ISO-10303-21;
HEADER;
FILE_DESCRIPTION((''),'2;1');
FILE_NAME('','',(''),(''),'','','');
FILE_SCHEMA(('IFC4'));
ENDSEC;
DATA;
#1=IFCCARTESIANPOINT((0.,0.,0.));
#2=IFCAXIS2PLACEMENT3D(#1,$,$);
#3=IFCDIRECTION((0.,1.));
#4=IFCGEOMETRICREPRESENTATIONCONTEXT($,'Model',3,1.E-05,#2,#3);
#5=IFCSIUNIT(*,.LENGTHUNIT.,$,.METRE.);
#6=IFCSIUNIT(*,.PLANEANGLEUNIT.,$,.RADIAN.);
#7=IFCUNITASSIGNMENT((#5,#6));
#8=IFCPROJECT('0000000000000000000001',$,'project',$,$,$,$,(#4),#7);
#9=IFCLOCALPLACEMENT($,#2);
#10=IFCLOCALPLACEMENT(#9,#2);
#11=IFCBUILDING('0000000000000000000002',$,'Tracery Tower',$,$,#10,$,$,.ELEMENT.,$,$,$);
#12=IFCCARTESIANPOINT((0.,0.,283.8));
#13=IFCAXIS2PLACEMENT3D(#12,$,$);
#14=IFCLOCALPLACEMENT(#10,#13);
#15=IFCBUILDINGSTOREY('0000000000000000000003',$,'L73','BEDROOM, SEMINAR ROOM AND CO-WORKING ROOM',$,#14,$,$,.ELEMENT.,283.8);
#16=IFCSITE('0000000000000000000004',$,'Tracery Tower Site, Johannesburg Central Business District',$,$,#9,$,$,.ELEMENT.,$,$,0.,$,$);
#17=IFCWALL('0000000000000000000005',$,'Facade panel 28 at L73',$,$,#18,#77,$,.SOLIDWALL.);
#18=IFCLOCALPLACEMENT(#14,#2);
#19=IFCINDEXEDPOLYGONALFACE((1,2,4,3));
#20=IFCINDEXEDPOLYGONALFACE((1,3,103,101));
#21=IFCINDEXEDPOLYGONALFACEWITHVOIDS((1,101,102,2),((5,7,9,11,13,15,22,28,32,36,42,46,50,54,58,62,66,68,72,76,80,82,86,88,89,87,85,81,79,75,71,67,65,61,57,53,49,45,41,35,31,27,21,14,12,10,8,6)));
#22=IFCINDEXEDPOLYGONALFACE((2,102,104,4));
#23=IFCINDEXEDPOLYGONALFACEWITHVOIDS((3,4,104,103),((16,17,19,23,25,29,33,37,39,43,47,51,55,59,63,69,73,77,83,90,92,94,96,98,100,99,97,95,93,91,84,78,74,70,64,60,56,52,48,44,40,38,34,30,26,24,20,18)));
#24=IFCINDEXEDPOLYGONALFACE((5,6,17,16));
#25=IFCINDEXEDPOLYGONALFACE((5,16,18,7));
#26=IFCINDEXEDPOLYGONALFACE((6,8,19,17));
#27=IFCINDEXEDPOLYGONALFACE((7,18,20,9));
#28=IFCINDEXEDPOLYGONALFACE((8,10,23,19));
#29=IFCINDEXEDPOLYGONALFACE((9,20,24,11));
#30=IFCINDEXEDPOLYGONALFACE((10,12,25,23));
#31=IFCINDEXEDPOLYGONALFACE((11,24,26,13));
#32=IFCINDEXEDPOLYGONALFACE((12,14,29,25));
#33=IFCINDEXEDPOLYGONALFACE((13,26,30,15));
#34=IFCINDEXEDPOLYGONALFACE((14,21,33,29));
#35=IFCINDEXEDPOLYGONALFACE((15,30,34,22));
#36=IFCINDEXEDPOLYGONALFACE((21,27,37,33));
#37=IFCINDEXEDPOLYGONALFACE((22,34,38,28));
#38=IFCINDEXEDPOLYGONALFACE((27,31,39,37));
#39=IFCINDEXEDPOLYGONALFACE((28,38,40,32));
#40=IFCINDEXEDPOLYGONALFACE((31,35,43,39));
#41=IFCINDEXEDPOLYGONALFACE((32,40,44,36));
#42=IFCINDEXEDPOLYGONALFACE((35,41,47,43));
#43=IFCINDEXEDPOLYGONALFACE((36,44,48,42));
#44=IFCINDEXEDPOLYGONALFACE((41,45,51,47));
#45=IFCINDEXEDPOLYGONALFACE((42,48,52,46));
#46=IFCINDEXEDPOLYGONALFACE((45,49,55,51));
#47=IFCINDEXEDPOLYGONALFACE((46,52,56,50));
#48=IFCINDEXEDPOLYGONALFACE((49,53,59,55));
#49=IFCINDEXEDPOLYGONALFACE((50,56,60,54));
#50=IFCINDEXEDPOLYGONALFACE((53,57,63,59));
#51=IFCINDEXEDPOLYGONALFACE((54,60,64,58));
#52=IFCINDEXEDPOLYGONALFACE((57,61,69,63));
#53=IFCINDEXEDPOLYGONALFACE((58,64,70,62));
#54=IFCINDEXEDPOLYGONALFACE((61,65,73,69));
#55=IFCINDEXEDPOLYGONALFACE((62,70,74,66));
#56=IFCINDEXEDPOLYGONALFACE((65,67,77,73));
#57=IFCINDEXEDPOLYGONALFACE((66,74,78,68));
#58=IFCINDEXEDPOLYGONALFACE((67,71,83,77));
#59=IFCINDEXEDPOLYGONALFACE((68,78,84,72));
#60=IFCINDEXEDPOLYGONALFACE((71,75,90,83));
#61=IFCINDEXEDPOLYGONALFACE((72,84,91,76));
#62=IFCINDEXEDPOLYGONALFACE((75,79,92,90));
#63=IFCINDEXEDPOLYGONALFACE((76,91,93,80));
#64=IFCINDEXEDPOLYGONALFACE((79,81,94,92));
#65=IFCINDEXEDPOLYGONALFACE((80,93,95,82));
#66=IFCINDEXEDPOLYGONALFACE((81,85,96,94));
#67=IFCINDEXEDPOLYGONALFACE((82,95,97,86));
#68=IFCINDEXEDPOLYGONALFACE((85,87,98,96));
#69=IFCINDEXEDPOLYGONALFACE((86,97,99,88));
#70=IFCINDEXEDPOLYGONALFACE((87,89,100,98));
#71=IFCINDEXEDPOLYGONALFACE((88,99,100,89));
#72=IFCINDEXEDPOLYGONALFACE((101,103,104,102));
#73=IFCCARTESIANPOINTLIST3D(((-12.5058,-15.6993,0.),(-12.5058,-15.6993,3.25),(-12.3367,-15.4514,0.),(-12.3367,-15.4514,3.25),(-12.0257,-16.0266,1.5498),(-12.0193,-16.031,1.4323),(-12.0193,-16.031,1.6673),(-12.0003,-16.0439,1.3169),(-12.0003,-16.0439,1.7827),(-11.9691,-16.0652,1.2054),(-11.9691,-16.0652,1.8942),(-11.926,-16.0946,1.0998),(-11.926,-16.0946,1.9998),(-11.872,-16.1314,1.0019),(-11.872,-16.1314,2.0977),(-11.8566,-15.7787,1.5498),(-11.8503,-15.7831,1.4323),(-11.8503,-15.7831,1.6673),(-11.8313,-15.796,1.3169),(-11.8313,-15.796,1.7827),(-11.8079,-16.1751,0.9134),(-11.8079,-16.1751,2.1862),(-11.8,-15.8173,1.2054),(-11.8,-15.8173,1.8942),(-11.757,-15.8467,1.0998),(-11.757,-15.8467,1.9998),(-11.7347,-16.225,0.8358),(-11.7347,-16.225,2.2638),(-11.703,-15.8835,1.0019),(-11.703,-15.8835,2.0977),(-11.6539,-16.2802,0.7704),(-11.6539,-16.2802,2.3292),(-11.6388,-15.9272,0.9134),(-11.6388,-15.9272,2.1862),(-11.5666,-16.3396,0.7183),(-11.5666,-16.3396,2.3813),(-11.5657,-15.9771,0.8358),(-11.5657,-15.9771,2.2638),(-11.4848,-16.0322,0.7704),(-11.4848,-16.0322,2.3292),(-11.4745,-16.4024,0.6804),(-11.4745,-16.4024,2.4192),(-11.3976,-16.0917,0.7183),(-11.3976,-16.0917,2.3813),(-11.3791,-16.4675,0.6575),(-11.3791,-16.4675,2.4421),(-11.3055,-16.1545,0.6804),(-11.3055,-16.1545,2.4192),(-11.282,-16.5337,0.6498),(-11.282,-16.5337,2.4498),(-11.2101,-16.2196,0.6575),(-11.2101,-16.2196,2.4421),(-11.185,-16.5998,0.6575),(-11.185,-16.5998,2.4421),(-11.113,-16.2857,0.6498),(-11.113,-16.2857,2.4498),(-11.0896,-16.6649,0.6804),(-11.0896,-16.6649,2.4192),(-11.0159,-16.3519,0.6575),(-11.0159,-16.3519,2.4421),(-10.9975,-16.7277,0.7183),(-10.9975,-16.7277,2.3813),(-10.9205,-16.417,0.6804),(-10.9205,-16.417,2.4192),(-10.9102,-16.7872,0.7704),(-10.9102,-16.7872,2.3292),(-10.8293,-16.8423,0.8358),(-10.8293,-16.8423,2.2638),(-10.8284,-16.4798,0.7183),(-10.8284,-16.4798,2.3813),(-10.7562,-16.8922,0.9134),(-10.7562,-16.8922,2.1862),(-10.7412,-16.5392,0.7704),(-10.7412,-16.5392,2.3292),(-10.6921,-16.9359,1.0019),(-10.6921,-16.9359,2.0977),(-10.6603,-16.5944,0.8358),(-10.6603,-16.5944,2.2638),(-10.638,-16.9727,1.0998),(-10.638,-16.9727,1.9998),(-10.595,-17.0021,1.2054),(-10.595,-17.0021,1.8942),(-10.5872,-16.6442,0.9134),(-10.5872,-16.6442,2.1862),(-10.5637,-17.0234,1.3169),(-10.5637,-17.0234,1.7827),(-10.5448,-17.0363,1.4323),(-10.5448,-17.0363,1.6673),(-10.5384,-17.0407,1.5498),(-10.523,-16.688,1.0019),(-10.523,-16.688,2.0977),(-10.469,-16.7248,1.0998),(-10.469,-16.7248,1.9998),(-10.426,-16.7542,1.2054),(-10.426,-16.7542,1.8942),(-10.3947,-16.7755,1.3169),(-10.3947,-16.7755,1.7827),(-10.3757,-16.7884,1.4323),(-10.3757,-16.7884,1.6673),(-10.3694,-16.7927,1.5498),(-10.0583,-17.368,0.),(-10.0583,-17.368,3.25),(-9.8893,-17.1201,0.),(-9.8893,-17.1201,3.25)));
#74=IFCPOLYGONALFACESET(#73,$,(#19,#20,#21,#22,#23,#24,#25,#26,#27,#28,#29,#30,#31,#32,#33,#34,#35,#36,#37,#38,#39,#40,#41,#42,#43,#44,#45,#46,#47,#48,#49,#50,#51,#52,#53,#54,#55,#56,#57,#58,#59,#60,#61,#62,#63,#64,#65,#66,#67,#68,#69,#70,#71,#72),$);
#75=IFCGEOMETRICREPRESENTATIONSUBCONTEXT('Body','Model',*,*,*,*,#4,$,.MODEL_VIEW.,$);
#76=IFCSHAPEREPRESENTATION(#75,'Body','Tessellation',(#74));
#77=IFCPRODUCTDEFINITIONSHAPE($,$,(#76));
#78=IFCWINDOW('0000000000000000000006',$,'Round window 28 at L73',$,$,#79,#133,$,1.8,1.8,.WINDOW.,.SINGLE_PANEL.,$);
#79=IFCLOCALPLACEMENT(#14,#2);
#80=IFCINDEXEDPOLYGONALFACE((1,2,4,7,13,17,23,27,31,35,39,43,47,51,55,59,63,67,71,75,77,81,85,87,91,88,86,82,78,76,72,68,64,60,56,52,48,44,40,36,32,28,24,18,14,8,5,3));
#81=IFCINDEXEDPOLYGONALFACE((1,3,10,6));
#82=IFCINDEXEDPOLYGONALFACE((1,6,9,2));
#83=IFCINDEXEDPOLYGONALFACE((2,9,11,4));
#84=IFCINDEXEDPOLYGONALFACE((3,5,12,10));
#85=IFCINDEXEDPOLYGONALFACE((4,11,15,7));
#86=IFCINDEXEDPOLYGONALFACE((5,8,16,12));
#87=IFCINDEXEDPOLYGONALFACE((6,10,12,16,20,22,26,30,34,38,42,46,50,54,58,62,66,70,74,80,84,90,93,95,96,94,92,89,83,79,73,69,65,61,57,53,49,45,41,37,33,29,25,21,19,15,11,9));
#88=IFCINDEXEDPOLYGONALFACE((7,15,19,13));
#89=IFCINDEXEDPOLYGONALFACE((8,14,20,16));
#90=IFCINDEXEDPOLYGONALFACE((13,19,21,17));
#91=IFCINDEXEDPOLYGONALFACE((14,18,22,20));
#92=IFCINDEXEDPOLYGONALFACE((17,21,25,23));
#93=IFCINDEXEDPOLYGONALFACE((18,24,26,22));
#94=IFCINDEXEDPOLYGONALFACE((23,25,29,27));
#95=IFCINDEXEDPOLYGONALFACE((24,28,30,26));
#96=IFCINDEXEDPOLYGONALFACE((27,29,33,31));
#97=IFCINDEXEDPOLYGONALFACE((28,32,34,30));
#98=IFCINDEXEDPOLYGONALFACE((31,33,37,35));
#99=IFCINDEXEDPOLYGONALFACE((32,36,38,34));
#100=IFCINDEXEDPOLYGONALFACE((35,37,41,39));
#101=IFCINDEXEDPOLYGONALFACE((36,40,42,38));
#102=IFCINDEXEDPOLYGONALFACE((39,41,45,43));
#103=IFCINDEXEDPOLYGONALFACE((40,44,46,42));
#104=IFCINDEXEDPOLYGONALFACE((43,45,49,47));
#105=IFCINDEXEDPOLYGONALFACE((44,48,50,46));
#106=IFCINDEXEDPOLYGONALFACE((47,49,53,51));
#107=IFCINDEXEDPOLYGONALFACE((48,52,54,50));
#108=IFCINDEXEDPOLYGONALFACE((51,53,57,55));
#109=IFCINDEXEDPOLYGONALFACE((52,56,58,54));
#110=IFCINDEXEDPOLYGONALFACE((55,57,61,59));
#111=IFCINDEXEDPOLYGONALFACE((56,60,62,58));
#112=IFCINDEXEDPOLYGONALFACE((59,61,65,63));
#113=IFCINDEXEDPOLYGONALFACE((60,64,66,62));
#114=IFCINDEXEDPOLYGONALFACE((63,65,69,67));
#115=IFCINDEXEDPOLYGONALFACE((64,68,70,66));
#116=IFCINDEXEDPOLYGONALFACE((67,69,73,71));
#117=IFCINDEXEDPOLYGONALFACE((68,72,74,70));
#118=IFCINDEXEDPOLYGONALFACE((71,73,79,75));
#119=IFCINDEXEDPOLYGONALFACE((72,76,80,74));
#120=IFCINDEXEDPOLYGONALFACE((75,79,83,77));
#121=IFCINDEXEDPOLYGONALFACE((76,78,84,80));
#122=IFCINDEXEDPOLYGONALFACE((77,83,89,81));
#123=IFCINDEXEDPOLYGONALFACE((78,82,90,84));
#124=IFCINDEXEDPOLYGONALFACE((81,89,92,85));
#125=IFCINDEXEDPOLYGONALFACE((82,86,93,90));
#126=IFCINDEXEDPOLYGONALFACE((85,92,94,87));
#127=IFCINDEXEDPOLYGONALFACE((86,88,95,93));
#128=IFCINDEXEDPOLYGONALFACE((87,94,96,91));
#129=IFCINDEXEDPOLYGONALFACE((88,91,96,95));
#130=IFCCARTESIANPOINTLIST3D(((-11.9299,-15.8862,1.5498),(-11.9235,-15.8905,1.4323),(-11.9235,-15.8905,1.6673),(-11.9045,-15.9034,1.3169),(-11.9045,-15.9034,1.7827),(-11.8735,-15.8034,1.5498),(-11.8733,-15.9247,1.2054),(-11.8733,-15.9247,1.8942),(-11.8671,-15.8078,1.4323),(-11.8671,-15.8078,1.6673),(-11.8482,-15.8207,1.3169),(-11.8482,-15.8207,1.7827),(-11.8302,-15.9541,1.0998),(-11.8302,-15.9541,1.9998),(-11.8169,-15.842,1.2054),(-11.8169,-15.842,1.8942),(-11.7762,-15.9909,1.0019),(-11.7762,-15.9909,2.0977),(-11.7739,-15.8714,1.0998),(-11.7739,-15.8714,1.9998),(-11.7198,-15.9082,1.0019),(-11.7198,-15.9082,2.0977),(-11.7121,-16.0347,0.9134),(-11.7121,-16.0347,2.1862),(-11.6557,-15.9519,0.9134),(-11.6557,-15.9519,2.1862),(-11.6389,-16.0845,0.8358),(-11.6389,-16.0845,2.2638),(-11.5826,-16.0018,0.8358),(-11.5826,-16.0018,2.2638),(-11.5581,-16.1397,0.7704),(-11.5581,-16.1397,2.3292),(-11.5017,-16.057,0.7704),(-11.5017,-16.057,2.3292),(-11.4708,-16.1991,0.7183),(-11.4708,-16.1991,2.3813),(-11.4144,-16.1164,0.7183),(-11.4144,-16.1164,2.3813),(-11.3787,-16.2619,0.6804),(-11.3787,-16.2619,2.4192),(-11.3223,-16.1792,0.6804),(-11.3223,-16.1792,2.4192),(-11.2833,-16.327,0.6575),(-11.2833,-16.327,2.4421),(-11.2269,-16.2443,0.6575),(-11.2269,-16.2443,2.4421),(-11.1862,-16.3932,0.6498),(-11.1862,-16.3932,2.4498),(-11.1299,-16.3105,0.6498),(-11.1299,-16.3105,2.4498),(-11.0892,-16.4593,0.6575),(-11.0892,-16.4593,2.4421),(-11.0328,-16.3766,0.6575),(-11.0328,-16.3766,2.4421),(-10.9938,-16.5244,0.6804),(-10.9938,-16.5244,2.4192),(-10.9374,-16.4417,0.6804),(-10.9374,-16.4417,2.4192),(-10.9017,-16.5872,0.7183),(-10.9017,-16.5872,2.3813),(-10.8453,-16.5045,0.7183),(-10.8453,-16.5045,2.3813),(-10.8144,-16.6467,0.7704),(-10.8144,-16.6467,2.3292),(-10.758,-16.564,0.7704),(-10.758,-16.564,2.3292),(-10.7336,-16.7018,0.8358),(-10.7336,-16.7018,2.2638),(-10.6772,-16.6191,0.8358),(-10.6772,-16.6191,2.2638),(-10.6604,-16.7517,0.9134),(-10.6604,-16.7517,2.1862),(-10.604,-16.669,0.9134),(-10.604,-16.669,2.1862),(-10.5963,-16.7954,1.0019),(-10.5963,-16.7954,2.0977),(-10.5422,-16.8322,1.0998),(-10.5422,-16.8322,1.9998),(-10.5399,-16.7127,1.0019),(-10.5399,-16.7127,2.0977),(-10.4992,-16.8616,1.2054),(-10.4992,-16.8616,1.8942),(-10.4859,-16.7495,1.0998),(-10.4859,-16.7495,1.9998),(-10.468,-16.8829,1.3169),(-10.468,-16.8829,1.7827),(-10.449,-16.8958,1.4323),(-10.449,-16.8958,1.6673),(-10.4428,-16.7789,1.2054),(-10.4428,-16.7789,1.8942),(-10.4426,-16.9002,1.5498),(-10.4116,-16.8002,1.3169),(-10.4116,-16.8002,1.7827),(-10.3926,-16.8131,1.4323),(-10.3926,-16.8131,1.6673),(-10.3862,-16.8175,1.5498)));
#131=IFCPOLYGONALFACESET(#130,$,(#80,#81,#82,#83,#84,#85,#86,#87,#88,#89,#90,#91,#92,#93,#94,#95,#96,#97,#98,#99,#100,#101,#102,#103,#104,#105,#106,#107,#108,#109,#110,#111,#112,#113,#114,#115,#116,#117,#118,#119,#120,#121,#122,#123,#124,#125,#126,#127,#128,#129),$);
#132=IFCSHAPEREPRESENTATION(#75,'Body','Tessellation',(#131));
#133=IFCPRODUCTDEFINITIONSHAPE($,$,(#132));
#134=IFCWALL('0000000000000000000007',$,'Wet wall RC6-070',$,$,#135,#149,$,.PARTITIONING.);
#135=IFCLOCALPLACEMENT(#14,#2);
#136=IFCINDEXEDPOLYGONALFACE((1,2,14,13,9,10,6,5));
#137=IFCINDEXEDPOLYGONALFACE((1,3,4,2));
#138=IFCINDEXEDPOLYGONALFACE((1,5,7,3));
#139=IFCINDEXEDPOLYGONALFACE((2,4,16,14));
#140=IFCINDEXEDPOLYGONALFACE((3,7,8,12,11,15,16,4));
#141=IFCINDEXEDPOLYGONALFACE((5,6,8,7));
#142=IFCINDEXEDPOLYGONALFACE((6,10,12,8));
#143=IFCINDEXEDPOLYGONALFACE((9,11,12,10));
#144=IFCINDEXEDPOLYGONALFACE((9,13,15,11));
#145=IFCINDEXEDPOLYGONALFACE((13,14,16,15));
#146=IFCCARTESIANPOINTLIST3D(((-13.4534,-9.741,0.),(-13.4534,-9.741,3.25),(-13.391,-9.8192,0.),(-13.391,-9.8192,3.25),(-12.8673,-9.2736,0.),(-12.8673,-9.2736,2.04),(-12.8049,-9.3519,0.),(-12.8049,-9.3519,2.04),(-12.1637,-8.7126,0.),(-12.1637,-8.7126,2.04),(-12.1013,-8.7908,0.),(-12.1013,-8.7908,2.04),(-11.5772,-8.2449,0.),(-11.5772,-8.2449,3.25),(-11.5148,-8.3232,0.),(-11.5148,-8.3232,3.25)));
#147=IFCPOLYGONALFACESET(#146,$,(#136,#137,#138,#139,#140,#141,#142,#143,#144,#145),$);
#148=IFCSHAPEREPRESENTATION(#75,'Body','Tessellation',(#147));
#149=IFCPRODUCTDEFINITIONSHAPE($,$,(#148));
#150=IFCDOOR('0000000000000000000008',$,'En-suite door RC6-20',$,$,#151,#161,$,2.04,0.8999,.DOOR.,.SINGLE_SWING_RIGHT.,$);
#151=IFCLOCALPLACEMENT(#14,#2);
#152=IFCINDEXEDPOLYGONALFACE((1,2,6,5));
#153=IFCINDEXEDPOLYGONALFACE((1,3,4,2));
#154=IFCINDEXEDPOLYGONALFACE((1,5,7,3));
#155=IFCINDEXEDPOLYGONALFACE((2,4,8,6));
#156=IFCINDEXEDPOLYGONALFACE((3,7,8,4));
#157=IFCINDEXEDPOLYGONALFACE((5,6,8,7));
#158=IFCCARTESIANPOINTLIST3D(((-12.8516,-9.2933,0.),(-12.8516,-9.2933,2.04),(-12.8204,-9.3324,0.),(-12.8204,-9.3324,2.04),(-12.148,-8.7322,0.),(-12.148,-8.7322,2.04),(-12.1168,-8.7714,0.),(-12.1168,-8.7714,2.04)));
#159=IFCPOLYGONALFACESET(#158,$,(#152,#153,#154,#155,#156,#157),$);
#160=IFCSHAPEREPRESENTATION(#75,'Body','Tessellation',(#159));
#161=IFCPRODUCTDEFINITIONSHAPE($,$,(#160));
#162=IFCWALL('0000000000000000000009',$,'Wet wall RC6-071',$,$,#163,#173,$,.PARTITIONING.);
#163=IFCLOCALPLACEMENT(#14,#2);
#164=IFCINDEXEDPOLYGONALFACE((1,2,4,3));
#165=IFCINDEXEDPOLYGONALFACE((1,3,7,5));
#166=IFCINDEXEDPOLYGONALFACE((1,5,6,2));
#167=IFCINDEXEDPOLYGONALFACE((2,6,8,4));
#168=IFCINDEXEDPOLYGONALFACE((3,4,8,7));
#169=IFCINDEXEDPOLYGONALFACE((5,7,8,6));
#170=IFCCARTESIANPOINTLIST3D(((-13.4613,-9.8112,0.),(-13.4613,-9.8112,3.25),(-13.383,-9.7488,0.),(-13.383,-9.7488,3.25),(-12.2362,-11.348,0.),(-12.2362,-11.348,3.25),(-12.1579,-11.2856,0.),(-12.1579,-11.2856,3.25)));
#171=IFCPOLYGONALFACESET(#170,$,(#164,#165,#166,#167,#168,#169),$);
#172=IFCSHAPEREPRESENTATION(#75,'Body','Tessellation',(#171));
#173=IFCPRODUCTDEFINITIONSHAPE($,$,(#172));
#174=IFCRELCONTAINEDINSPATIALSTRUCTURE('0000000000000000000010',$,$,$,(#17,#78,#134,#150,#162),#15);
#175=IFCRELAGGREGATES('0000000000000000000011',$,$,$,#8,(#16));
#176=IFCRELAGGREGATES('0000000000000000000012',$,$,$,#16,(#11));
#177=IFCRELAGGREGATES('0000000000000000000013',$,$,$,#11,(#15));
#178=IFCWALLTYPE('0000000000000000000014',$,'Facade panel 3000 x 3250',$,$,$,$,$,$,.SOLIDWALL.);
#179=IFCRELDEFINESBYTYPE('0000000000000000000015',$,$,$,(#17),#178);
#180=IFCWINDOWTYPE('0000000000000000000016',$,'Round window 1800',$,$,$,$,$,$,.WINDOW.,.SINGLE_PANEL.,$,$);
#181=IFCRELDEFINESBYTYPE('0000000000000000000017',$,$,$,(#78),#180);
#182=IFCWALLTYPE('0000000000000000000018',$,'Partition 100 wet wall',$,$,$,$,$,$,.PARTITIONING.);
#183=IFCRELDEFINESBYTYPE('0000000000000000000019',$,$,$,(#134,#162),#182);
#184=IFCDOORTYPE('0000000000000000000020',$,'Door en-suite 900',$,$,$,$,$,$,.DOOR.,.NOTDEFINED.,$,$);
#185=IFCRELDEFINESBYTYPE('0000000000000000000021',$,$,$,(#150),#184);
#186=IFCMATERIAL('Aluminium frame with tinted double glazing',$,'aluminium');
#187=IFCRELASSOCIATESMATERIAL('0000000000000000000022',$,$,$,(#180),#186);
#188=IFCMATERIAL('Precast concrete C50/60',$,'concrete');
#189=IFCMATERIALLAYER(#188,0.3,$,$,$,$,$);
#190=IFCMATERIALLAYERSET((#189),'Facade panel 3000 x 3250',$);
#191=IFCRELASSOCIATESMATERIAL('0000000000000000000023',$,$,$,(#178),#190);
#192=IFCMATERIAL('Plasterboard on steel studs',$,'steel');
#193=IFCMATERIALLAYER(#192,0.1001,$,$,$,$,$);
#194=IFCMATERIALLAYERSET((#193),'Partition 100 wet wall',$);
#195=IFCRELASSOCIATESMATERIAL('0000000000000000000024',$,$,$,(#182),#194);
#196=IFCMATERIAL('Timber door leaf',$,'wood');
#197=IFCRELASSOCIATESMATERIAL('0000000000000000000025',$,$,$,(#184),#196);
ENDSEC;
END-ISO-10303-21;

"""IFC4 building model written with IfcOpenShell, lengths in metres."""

from ifc_helpers import new_model, si_unit, direction, frame, frame_2d, origin, origin_2d, place, context, subcontext, project, spatial, rectangle, circle, extrude, material, layer, layer_set, type_object, element, fill, save


model = new_model("IFC4")

# Units and contexts
model_context = context("Model", 3, precision=1e-05, world=origin(), true_north=direction((0.0, 1.0)))
body_context = subcontext(model_context, "Body", "Model", "MODEL_VIEW")
ifc_project = project(units=[si_unit("LENGTHUNIT", "METRE"), si_unit("PLANEANGLEUNIT", "RADIAN")], contexts=[model_context])

# Site, building, storey
site_placement = place(None, origin())
site = spatial("IfcSite", under=ifc_project, at=site_placement, Name="Tracery Tower Site, Johannesburg Central Business District", CompositionType="ELEMENT", RefElevation=0.0)
building_placement = place(site_placement, origin())
building = spatial("IfcBuilding", under=site, at=building_placement, Name="Tracery Tower", CompositionType="ELEMENT")
storey_placement = place(building_placement, frame((0.0, 0.0, 283.8)))
storey = spatial("IfcBuildingStorey", under=building, at=storey_placement, Name="L73", Description="BEDROOM, SEMINAR ROOM AND CO-WORKING ROOM", CompositionType="ELEMENT", Elevation=283.8)

# Wall, opening, window
ifc_material_1 = material(Name="Aluminium frame with tinted double glazing", Category="aluminium")
window_type = type_object("IfcWindowType", Name="Round window 1800", PartitioningType="SINGLE_PANEL", PredefinedType="WINDOW", material=ifc_material_1)
ifc_material_2 = material(Name="Precast concrete C50/60", Category="concrete")
ifc_layer_1 = layer(ifc_material_2, 0.3)
ifc_layer_set_1 = layer_set([ifc_layer_1], Name="Facade panel 3000 x 3250")
wall_type_1 = type_object("IfcWallType", Name="Facade panel 3000 x 3250", PredefinedType="SOLIDWALL", material=ifc_layer_set_1)
wall_1_placement = place(storey_placement, frame((-12.4211, -15.5754, 0.0), z_axis=(0.0, 0.0, 1.0), x_axis=(0.826236, -0.563324, 0.0)))
wall_1 = element("IfcWall", 1, at=wall_1_placement, inside=storey, type_object=wall_type_1, Name="Facade panel 28 at L73", PredefinedType="SOLIDWALL", context=body_context, shape_type="SweptSolid", body=[
    extrude(rectangle(XDim=2.9622, YDim=0.3, at=frame_2d((1.481, 0.0))), origin(), (0.0, 0.0, 1.0), 3.25),
])
opening_1_placement = place(wall_1_placement, frame((1.481, 0.0, 1.5498)))
opening_1 = element("IfcOpeningElement", 2, at=opening_1_placement, cuts=wall_1, PredefinedType="OPENING", context=body_context, shape_type="SweptSolid", body=[
    extrude(circle(Radius=0.9, at=origin_2d()), frame((0.0, 0.1599, 0.0), z_axis=(0.0, -1.0, 0.0), x_axis=(1.0, 0.0, 0.0)), (0.0, 0.0, 1.0), 0.3201),
])
window_1_placement = place(opening_1_placement, origin())
window_1 = element("IfcWindow", 3, at=window_1_placement, inside=storey, type_object=window_type, Name="Round window 28 at L73", OverallHeight=1.8, OverallWidth=1.8, PartitioningType="SINGLE_PANEL", PredefinedType="WINDOW", context=body_context, shape_type="SweptSolid", body=[
    extrude(circle(Radius=0.9, at=origin_2d()), frame((0.0, 0.1201, 0.0), z_axis=(0.0, -1.0, 0.0), x_axis=(1.0, 0.0, 0.0)), (0.0, 0.0, 1.0), 0.1001),
])
fill(opening_1, window_1)

# Wall, opening, door
ifc_material_3 = material(Name="Plasterboard on steel studs", Category="steel")
ifc_layer_2 = layer(ifc_material_3, 0.1001)
ifc_layer_set_2 = layer_set([ifc_layer_2], Name="Partition 100 wet wall")
wall_type_2 = type_object("IfcWallType", Name="Partition 100 wet wall", PredefinedType="PARTITIONING", material=ifc_layer_set_2)
wall_2_placement = place(storey_placement, frame((-13.4221, -9.78, 0.0), z_axis=(0.0, 0.0, 1.0), x_axis=(0.78186, 0.623454, 0.0)))
wall_2 = element("IfcWall", 4, at=wall_2_placement, inside=storey, type_object=wall_type_2, Name="Wet wall RC6-070", PredefinedType="PARTITIONING", context=body_context, shape_type="SweptSolid", body=[
    extrude(rectangle(XDim=2.3997, YDim=0.1001, at=frame_2d((1.1997, 0.0))), origin(), (0.0, 0.0, 1.0), 3.25),
])
opening_2_placement = place(wall_2_placement, frame((0.7495, 0.0, 0.0)))
opening_2 = element("IfcOpeningElement", 5, at=opening_2_placement, cuts=wall_2, PredefinedType="OPENING", context=body_context, shape_type="SweptSolid", body=[
    extrude(rectangle(XDim=0.8999, YDim=2.04, at=frame_2d((0.45, 1.02))), frame((0.0, 0.05, 0.0), z_axis=(0.0, -1.0, 0.0), x_axis=(1.0, 0.0, 0.0)), (0.0, 0.0, 1.0), 0.1001),
])
ifc_material_4 = material(Name="Timber door leaf", Category="wood")
door_type = type_object("IfcDoorType", Name="Door en-suite 900", OperationType="NOTDEFINED", PredefinedType="DOOR", material=ifc_material_4)
door_1_placement = place(opening_2_placement, origin())
door_1 = element("IfcDoor", 6, at=door_1_placement, inside=storey, type_object=door_type, Name="En-suite door RC6-20", OperationType="SINGLE_SWING_RIGHT", OverallHeight=2.04, OverallWidth=0.8999, PredefinedType="DOOR", context=body_context, shape_type="SweptSolid", body=[
    extrude(rectangle(XDim=0.8999, YDim=2.04, at=frame_2d((0.45, 1.02))), frame((0.0, 0.0249, 0.0), z_axis=(0.0, -1.0, 0.0), x_axis=(1.0, 0.0, 0.0)), (0.0, 0.0, 1.0), 0.05),
])
fill(opening_2, door_1)

# Wall
wall_3_placement = place(storey_placement, frame((-13.4221, -9.78, 0.0), z_axis=(0.0, 0.0, 1.0), x_axis=(0.623331, -0.781958, 0.0)))
element("IfcWall", 7, at=wall_3_placement, inside=storey, type_object=wall_type_2, Name="Wet wall RC6-071", PredefinedType="PARTITIONING", context=body_context, shape_type="SweptSolid", body=[
    extrude(rectangle(XDim=1.9653, YDim=0.1001, at=frame_2d((0.9827, 0.0))), origin(), (0.0, 0.0, 1.0), 3.25),
])

save(model, "model.ifc")
